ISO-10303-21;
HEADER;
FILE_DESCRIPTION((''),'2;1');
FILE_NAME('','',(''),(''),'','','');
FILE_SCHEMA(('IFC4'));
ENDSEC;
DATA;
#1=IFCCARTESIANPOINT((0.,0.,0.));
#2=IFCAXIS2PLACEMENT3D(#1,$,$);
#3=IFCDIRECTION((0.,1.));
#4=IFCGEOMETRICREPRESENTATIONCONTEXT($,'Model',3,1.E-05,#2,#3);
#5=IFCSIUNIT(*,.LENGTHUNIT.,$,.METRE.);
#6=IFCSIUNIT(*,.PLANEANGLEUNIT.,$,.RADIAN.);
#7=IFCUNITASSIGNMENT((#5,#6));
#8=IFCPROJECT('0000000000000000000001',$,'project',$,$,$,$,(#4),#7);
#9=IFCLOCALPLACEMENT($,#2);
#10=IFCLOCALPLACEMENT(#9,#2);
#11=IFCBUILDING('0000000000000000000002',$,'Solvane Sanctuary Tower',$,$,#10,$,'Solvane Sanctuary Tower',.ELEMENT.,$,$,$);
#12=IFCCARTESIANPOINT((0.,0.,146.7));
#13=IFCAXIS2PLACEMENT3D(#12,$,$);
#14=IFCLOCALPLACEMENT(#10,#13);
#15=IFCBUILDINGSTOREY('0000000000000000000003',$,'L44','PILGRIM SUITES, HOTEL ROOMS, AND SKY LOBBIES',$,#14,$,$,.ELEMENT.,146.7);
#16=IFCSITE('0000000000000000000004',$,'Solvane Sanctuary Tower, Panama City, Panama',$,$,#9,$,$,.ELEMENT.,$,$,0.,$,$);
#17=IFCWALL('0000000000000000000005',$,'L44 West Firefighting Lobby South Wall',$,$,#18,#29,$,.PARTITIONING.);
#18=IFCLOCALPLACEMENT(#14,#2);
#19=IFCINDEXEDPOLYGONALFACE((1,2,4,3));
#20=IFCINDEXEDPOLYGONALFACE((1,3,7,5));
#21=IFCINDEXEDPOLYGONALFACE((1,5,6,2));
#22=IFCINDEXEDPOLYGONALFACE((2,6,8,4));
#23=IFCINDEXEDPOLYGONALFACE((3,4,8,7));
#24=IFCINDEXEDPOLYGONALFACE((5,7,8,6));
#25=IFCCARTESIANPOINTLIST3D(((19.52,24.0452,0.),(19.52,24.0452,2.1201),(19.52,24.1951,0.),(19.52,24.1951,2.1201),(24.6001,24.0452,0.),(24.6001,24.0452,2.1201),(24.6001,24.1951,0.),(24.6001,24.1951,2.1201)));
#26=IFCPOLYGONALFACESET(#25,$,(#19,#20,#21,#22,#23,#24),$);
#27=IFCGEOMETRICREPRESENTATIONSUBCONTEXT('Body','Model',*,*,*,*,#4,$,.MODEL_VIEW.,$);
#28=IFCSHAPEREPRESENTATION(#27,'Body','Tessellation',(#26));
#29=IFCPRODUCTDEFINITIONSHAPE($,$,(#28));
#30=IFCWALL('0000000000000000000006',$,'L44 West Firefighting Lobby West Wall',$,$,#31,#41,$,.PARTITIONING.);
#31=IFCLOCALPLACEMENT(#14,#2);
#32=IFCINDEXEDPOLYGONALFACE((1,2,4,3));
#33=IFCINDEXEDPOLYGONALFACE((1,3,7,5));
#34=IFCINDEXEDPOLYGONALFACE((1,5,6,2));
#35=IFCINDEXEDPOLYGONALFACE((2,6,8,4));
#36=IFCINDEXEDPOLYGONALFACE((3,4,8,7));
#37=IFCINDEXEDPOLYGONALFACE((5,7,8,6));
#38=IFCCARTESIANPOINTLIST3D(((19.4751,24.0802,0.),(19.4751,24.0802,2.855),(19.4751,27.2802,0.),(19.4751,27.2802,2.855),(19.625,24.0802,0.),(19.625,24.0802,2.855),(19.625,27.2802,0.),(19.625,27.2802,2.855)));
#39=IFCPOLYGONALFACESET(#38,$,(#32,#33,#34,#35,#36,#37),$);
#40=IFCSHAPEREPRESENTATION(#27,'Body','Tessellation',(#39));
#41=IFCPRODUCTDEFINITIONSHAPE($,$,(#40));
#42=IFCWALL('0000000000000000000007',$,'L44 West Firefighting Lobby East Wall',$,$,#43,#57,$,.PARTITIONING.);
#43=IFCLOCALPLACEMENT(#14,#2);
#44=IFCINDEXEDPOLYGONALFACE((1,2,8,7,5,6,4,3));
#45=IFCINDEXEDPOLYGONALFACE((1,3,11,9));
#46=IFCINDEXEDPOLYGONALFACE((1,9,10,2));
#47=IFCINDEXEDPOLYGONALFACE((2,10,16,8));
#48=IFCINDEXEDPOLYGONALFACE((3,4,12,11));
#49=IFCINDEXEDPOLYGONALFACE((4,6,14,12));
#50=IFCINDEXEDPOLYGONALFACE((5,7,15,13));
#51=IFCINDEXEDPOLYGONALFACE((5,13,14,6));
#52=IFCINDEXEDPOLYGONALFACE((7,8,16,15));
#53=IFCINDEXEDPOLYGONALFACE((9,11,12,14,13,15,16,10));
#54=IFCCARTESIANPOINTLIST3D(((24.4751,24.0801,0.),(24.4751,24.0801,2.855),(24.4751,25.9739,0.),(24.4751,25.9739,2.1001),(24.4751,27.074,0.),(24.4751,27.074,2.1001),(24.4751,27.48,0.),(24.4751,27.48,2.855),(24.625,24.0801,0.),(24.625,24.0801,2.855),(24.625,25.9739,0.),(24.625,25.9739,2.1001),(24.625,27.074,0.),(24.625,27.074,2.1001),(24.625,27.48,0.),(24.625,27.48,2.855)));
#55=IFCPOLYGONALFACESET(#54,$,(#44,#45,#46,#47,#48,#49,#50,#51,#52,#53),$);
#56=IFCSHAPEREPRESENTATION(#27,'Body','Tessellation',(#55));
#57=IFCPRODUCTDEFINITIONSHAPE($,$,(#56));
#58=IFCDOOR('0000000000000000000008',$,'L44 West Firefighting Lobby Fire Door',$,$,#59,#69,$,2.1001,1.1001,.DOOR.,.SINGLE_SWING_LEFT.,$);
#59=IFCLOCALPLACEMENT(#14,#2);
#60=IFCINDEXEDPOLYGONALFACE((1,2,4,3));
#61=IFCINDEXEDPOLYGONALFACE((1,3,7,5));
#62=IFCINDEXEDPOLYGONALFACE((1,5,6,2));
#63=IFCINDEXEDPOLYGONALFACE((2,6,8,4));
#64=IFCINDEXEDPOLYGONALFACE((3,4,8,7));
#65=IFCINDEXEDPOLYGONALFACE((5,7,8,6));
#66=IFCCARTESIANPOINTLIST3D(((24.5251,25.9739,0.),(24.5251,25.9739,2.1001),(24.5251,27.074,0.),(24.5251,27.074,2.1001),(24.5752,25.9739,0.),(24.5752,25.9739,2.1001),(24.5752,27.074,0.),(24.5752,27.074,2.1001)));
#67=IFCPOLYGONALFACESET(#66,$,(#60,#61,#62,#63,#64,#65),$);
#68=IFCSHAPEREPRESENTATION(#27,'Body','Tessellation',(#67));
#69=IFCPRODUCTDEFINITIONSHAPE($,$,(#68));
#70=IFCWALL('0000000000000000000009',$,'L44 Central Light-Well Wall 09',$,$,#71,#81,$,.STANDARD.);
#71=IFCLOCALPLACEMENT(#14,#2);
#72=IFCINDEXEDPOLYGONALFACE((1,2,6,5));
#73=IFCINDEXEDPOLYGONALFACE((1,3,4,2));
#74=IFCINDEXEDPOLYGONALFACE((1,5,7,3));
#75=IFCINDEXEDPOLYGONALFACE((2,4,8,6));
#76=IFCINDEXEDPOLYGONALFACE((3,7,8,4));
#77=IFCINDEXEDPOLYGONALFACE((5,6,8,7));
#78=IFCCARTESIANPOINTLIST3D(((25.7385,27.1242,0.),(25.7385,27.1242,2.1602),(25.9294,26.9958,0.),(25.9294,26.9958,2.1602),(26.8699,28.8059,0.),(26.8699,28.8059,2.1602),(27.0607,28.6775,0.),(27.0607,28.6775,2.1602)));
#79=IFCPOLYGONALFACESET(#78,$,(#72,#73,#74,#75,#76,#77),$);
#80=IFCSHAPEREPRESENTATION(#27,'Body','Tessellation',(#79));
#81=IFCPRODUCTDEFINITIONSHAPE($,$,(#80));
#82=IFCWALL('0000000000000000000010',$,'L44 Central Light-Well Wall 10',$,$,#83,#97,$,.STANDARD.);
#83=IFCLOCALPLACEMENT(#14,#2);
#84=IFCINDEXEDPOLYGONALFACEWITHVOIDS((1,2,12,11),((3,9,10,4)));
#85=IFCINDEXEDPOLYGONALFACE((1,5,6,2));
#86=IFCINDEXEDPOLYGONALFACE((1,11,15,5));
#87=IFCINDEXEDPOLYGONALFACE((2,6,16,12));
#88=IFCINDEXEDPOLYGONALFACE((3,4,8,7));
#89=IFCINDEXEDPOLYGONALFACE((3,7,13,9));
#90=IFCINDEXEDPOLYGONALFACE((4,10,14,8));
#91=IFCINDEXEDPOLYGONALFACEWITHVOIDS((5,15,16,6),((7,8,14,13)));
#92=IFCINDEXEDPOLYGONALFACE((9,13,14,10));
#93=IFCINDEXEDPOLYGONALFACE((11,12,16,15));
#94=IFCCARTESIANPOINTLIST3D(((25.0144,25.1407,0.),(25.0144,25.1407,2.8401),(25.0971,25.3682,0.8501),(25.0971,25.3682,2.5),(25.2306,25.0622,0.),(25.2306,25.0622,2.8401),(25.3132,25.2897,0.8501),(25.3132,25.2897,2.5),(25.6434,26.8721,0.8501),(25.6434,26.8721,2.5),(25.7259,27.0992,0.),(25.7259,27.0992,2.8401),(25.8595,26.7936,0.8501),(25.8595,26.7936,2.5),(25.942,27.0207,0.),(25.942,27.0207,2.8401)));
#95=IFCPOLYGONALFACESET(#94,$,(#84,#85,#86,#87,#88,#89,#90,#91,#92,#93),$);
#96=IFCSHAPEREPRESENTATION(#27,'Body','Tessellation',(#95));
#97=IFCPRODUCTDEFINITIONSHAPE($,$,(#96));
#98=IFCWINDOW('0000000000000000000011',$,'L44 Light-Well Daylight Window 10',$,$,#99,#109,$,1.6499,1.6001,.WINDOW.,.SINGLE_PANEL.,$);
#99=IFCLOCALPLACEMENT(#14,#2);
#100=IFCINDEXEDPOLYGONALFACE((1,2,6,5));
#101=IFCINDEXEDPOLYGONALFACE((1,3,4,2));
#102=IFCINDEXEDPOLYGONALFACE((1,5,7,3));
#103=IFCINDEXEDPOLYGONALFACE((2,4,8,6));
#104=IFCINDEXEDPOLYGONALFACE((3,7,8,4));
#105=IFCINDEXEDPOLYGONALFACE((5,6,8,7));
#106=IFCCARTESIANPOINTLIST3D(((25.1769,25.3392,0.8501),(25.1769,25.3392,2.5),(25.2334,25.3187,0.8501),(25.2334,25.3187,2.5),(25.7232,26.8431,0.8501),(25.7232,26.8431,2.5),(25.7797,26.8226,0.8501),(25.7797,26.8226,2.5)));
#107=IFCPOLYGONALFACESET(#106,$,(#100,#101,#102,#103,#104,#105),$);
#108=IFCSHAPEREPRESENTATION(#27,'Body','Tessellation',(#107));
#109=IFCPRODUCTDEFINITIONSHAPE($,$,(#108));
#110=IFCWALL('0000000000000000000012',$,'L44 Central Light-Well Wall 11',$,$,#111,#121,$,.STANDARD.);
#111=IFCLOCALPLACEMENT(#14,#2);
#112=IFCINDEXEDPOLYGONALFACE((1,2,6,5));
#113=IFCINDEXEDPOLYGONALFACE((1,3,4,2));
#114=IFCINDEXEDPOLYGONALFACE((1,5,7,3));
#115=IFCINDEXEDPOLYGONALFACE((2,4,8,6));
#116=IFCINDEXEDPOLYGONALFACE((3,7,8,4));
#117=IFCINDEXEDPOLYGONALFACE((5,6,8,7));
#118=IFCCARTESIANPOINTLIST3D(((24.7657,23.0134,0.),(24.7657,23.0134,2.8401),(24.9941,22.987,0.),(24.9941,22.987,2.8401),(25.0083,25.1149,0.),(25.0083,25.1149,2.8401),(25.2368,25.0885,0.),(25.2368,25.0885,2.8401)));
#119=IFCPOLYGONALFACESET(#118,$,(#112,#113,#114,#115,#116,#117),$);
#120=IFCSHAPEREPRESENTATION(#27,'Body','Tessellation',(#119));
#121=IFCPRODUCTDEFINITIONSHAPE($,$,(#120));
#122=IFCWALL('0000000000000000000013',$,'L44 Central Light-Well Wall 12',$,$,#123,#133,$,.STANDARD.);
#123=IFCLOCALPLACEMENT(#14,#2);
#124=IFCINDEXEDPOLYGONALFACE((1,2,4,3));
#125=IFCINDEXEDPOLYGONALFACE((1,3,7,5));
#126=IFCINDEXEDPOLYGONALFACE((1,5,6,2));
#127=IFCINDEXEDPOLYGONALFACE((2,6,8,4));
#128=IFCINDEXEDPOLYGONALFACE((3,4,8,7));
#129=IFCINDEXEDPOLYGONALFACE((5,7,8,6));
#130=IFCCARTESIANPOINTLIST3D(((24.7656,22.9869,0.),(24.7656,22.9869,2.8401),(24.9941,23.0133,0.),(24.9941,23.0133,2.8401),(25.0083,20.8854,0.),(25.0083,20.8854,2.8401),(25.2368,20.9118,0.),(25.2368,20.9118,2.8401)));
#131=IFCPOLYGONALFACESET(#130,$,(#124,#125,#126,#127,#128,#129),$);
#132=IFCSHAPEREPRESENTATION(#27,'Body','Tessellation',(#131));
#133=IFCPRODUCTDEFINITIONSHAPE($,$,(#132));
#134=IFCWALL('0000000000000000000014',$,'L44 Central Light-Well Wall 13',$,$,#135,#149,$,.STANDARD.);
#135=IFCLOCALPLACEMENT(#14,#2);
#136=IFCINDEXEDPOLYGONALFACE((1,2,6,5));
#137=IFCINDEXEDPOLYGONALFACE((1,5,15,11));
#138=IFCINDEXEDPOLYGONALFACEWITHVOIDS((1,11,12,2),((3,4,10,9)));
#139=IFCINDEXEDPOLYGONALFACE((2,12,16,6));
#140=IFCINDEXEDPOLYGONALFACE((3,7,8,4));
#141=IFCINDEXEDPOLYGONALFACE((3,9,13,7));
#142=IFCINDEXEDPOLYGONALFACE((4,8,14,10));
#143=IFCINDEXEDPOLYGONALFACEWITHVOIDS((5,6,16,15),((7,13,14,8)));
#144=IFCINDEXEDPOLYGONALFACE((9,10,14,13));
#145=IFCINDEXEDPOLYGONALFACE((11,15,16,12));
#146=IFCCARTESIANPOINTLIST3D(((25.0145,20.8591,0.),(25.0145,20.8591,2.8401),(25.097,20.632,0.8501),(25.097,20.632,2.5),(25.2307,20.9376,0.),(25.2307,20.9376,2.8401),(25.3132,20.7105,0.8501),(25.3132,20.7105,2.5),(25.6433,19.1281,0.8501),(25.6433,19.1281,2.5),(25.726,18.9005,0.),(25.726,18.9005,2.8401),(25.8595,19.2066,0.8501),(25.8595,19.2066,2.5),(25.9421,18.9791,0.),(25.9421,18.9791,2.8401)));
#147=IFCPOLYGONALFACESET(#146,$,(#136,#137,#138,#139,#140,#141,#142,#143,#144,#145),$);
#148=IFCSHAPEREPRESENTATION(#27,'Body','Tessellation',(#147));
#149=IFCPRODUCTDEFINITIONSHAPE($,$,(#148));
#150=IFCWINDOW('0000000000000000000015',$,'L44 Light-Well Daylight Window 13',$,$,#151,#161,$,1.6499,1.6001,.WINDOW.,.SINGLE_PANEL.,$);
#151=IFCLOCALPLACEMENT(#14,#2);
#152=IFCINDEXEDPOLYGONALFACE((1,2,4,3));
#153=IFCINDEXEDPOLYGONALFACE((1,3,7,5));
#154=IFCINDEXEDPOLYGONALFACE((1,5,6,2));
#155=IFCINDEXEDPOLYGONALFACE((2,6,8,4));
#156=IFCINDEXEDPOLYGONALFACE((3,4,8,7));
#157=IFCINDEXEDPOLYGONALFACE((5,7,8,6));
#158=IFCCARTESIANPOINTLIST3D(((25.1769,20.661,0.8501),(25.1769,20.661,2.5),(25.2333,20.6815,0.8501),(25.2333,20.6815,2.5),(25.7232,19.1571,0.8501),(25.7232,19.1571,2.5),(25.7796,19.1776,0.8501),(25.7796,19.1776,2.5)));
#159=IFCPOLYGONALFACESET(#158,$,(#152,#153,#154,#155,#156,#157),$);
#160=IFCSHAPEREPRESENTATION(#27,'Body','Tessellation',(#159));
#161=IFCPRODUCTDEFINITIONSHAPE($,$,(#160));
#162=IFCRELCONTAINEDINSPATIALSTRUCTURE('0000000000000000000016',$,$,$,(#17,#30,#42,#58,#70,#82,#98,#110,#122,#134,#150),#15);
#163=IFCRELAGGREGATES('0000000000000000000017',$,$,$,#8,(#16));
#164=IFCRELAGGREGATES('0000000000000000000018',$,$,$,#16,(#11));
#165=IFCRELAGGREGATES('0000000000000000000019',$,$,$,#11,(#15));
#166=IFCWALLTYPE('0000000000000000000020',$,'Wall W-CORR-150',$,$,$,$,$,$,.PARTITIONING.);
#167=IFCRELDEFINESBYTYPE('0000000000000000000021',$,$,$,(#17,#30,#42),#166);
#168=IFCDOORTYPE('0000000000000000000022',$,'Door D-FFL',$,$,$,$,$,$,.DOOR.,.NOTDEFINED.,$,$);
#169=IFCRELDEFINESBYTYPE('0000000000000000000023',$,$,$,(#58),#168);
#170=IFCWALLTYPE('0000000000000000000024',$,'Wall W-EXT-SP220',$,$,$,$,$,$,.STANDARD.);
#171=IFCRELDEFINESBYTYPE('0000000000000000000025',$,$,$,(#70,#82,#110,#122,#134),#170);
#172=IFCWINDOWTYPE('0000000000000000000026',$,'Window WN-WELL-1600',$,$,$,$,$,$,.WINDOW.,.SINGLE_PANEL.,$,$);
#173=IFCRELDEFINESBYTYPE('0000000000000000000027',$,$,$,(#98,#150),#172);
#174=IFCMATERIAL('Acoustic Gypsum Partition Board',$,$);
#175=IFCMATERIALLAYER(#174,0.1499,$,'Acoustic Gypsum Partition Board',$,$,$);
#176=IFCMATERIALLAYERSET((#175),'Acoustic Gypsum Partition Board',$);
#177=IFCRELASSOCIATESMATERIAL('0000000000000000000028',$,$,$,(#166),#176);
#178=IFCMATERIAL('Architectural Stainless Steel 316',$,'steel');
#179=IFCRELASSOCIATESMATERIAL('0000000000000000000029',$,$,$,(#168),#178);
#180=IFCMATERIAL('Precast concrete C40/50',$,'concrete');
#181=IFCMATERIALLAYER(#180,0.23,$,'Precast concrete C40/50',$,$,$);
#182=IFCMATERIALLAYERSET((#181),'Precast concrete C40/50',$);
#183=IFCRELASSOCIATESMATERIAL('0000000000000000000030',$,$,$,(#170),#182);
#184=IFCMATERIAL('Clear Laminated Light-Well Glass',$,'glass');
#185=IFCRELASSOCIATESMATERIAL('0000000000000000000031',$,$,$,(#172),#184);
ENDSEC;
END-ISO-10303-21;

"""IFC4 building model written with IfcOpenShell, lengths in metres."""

from ifc_helpers import new_model, si_unit, direction, frame, frame_2d, origin, place, context, subcontext, project, spatial, rectangle, extrude, material, layer, layer_set, type_object, element, fill, save


model = new_model("IFC4")

# Units and contexts
model_context = context("Model", 3, precision=1e-05, world=origin(), true_north=direction((0.0, 1.0)))
body_context = subcontext(model_context, "Body", "Model", "MODEL_VIEW")
ifc_project = project(units=[si_unit("LENGTHUNIT", "METRE"), si_unit("PLANEANGLEUNIT", "RADIAN")], contexts=[model_context])

# Site, building, storey
site_placement = place(None, origin())
site = spatial("IfcSite", under=ifc_project, at=site_placement, Name="Solvane Sanctuary Tower, Panama City, Panama", CompositionType="ELEMENT", RefElevation=0.0)
building_placement = place(site_placement, origin())
building = spatial("IfcBuilding", under=site, at=building_placement, Name="Solvane Sanctuary Tower", LongName="Solvane Sanctuary Tower", CompositionType="ELEMENT")
storey_placement = place(building_placement, frame((0.0, 0.0, 146.7)))
storey = spatial("IfcBuildingStorey", under=building, at=storey_placement, Name="L44", Description="PILGRIM SUITES, HOTEL ROOMS, AND SKY LOBBIES", CompositionType="ELEMENT", Elevation=146.7)

# Walls
ifc_material_1 = material(Name="Acoustic Gypsum Partition Board")
ifc_layer_1 = layer(ifc_material_1, 0.1499, Name="Acoustic Gypsum Partition Board")
ifc_layer_set_1 = layer_set([ifc_layer_1], Name="Acoustic Gypsum Partition Board")
wall_type_1 = type_object("IfcWallType", Name="Wall W-CORR-150", PredefinedType="PARTITIONING", material=ifc_layer_set_1)
wall_1_placement = place(storey_placement, frame((19.52, 24.1201, 0.0), z_axis=(0.0, 0.0, 1.0), x_axis=(1.0, 0.0, 0.0)))
element("IfcWall", 1, at=wall_1_placement, inside=storey, type_object=wall_type_1, Name="L44 West Firefighting Lobby South Wall", PredefinedType="PARTITIONING", context=body_context, shape_type="SweptSolid", body=[
    extrude(rectangle(XDim=5.0801, YDim=0.1499, at=frame_2d((2.54, 0.0))), origin(), (0.0, 0.0, 1.0), 2.1201),
])
wall_2_placement = place(storey_placement, frame((19.55, 24.0801, 0.0), z_axis=(0.0, 0.0, 1.0), x_axis=(0.0, 1.0, 0.0)))
element("IfcWall", 2, at=wall_2_placement, inside=storey, type_object=wall_type_1, Name="L44 West Firefighting Lobby West Wall", PredefinedType="PARTITIONING", context=body_context, shape_type="SweptSolid", body=[
    extrude(rectangle(XDim=3.2, YDim=0.1499, at=frame_2d((1.6001, 0.0))), origin(), (0.0, 0.0, 1.0), 2.855),
])

# Wall, opening, door
wall_3_placement = place(storey_placement, frame((24.55, 24.0801, 0.0), z_axis=(0.0, 0.0, 1.0), x_axis=(0.0, 1.0, 0.0)))
wall_3 = element("IfcWall", 3, at=wall_3_placement, inside=storey, type_object=wall_type_1, Name="L44 West Firefighting Lobby East Wall", PredefinedType="PARTITIONING", context=body_context, shape_type="SweptSolid", body=[
    extrude(rectangle(XDim=3.3999, YDim=0.1499, at=frame_2d((1.7, 0.0))), origin(), (0.0, 0.0, 1.0), 2.855),
])
opening_1_placement = place(wall_3_placement, frame((1.8938, 0.0, 0.0)))
opening_1 = element("IfcOpeningElement", 4, at=opening_1_placement, cuts=wall_3, PredefinedType="OPENING", context=body_context, shape_type="SweptSolid", body=[
    extrude(rectangle(XDim=1.1001, YDim=2.1001, at=frame_2d((0.55, 1.05))), frame((0.0, 0.085, 0.0), z_axis=(0.0, -1.0, 0.0), x_axis=(1.0, 0.0, 0.0)), (0.0, 0.0, 1.0), 0.1699),
])
ifc_material_2 = material(Name="Architectural Stainless Steel 316", Category="steel")
door_type_1 = type_object("IfcDoorType", Name="Door D-FFL", OperationType="NOTDEFINED", PredefinedType="DOOR", material=ifc_material_2)
door_1_placement = place(opening_1_placement, origin())
door_1 = element("IfcDoor", 5, at=door_1_placement, inside=storey, type_object=door_type_1, Name="L44 West Firefighting Lobby Fire Door", OperationType="SINGLE_SWING_LEFT", OverallHeight=2.1001, OverallWidth=1.1001, PredefinedType="DOOR", context=body_context, shape_type="SweptSolid", body=[
    extrude(rectangle(XDim=1.1001, YDim=2.1001, at=frame_2d((0.55, 1.05))), frame((0.0, 0.0249, 0.0), z_axis=(0.0, -1.0, 0.0), x_axis=(1.0, 0.0, 0.0)), (0.0, 0.0, 1.0), 0.05),
])
fill(opening_1, door_1)

# Wall
ifc_material_3 = material(Name="Precast concrete C40/50", Category="concrete")
ifc_layer_2 = layer(ifc_material_3, 0.23, Name="Precast concrete C40/50")
ifc_layer_set_2 = layer_set([ifc_layer_2], Name="Precast concrete C40/50")
wall_type_2 = type_object("IfcWallType", Name="Wall W-EXT-SP220", PredefinedType="STANDARD", material=ifc_layer_set_2)
wall_4_placement = place(storey_placement, frame((26.9653, 28.7417, 0.0), z_axis=(0.0, 0.0, 1.0), x_axis=(-0.558198, -0.829708, 0.0)))
element("IfcWall", 6, at=wall_4_placement, inside=storey, type_object=wall_type_2, Name="L44 Central Light-Well Wall 09", PredefinedType="STANDARD", context=body_context, shape_type="SweptSolid", body=[
    extrude(rectangle(XDim=2.0269, YDim=0.23, at=frame_2d((1.0134, 0.0))), origin(), (0.0, 0.0, 1.0), 2.1602),
])

# Wall, opening, window
wall_5_placement = place(storey_placement, frame((25.834, 27.0601, 0.0), z_axis=(0.0, 0.0, 1.0), x_axis=(-0.341423, -0.93991, 0.0)))
wall_5 = element("IfcWall", 7, at=wall_5_placement, inside=storey, type_object=wall_type_2, Name="L44 Central Light-Well Wall 10", PredefinedType="STANDARD", context=body_context, shape_type="SweptSolid", body=[
    extrude(rectangle(XDim=2.0837, YDim=0.23, at=frame_2d((1.042, 0.0))), origin(), (0.0, 0.0, 1.0), 2.8401),
])
opening_2_placement = place(wall_5_placement, frame((0.2417, 0.0, 0.8501)))
opening_2 = element("IfcOpeningElement", 8, at=opening_2_placement, cuts=wall_5, PredefinedType="OPENING", context=body_context, shape_type="SweptSolid", body=[
    extrude(rectangle(XDim=1.6001, YDim=1.6499, at=frame_2d((0.8, 0.825))), frame((0.0, 0.125, 0.0), z_axis=(0.0, -1.0, 0.0), x_axis=(1.0, 0.0, 0.0)), (0.0, 0.0, 1.0), 0.25),
])
ifc_material_4 = material(Name="Clear Laminated Light-Well Glass", Category="glass")
window_type = type_object("IfcWindowType", Name="Window WN-WELL-1600", PartitioningType="SINGLE_PANEL", PredefinedType="WINDOW", material=ifc_material_4)
window_1_placement = place(opening_2_placement, origin())
window_1 = element("IfcWindow", 9, at=window_1_placement, inside=storey, type_object=window_type, Name="L44 Light-Well Daylight Window 10", OverallHeight=1.6499, OverallWidth=1.6001, PartitioningType="SINGLE_PANEL", PredefinedType="WINDOW", context=body_context, shape_type="SweptSolid", body=[
    extrude(rectangle(XDim=1.6001, YDim=1.6499, at=frame_2d((0.8, 0.825))), frame((0.0, 0.03, 0.0), z_axis=(0.0, -1.0, 0.0), x_axis=(1.0, 0.0, 0.0)), (0.0, 0.0, 1.0), 0.0601),
])
fill(opening_2, window_1)

# Walls
for number, where, z_axis, x_axis, name in (
    (10, (25.1226, 25.1016, 0.0), (0.0, 0.0, 1.0), (-0.114712, -0.993399, 0.0), "L44 Central Light-Well Wall 11"),
    (11, (24.8799, 23.0, 0.0), (0.0, 0.0, 1.0), (0.114712, -0.993399, 0.0), "L44 Central Light-Well Wall 12"),
):
    element("IfcWall", number, at=place(storey_placement, frame(where, z_axis=z_axis, x_axis=x_axis)), inside=storey, type_object=wall_type_2, Name=name, PredefinedType="STANDARD", context=body_context, shape_type="SweptSolid", body=[
        extrude(rectangle(XDim=2.1155, YDim=0.23, at=frame_2d((1.0576, 0.0))), origin(), (0.0, 0.0, 1.0), 2.8401),
    ])

# Wall, opening, window
wall_6_placement = place(storey_placement, frame((25.1226, 20.8984, 0.0), z_axis=(0.0, 0.0, 1.0), x_axis=(0.341423, -0.93991, 0.0)))
wall_6 = element("IfcWall", 12, at=wall_6_placement, inside=storey, type_object=wall_type_2, Name="L44 Central Light-Well Wall 13", PredefinedType="STANDARD", context=body_context, shape_type="SweptSolid", body=[
    extrude(rectangle(XDim=2.0837, YDim=0.23, at=frame_2d((1.042, 0.0))), origin(), (0.0, 0.0, 1.0), 2.8401),
])
opening_3_placement = place(wall_6_placement, frame((0.2417, 0.0, 0.8501)))
opening_3 = element("IfcOpeningElement", 13, at=opening_3_placement, cuts=wall_6, PredefinedType="OPENING", context=body_context, shape_type="SweptSolid", body=[
    extrude(rectangle(XDim=1.6001, YDim=1.6499, at=frame_2d((0.8, 0.825))), frame((0.0, 0.125, 0.0), z_axis=(0.0, -1.0, 0.0), x_axis=(1.0, 0.0, 0.0)), (0.0, 0.0, 1.0), 0.25),
])
window_2_placement = place(opening_3_placement, origin())
window_2 = element("IfcWindow", 14, at=window_2_placement, inside=storey, type_object=window_type, Name="L44 Light-Well Daylight Window 13", OverallHeight=1.6499, OverallWidth=1.6001, PartitioningType="SINGLE_PANEL", PredefinedType="WINDOW", context=body_context, shape_type="SweptSolid", body=[
    extrude(rectangle(XDim=1.6001, YDim=1.6499, at=frame_2d((0.8, 0.825))), frame((0.0, 0.03, 0.0), z_axis=(0.0, -1.0, 0.0), x_axis=(1.0, 0.0, 0.0)), (0.0, 0.0, 1.0), 0.0601),
])
fill(opening_3, window_2)

save(model, "model.ifc")
